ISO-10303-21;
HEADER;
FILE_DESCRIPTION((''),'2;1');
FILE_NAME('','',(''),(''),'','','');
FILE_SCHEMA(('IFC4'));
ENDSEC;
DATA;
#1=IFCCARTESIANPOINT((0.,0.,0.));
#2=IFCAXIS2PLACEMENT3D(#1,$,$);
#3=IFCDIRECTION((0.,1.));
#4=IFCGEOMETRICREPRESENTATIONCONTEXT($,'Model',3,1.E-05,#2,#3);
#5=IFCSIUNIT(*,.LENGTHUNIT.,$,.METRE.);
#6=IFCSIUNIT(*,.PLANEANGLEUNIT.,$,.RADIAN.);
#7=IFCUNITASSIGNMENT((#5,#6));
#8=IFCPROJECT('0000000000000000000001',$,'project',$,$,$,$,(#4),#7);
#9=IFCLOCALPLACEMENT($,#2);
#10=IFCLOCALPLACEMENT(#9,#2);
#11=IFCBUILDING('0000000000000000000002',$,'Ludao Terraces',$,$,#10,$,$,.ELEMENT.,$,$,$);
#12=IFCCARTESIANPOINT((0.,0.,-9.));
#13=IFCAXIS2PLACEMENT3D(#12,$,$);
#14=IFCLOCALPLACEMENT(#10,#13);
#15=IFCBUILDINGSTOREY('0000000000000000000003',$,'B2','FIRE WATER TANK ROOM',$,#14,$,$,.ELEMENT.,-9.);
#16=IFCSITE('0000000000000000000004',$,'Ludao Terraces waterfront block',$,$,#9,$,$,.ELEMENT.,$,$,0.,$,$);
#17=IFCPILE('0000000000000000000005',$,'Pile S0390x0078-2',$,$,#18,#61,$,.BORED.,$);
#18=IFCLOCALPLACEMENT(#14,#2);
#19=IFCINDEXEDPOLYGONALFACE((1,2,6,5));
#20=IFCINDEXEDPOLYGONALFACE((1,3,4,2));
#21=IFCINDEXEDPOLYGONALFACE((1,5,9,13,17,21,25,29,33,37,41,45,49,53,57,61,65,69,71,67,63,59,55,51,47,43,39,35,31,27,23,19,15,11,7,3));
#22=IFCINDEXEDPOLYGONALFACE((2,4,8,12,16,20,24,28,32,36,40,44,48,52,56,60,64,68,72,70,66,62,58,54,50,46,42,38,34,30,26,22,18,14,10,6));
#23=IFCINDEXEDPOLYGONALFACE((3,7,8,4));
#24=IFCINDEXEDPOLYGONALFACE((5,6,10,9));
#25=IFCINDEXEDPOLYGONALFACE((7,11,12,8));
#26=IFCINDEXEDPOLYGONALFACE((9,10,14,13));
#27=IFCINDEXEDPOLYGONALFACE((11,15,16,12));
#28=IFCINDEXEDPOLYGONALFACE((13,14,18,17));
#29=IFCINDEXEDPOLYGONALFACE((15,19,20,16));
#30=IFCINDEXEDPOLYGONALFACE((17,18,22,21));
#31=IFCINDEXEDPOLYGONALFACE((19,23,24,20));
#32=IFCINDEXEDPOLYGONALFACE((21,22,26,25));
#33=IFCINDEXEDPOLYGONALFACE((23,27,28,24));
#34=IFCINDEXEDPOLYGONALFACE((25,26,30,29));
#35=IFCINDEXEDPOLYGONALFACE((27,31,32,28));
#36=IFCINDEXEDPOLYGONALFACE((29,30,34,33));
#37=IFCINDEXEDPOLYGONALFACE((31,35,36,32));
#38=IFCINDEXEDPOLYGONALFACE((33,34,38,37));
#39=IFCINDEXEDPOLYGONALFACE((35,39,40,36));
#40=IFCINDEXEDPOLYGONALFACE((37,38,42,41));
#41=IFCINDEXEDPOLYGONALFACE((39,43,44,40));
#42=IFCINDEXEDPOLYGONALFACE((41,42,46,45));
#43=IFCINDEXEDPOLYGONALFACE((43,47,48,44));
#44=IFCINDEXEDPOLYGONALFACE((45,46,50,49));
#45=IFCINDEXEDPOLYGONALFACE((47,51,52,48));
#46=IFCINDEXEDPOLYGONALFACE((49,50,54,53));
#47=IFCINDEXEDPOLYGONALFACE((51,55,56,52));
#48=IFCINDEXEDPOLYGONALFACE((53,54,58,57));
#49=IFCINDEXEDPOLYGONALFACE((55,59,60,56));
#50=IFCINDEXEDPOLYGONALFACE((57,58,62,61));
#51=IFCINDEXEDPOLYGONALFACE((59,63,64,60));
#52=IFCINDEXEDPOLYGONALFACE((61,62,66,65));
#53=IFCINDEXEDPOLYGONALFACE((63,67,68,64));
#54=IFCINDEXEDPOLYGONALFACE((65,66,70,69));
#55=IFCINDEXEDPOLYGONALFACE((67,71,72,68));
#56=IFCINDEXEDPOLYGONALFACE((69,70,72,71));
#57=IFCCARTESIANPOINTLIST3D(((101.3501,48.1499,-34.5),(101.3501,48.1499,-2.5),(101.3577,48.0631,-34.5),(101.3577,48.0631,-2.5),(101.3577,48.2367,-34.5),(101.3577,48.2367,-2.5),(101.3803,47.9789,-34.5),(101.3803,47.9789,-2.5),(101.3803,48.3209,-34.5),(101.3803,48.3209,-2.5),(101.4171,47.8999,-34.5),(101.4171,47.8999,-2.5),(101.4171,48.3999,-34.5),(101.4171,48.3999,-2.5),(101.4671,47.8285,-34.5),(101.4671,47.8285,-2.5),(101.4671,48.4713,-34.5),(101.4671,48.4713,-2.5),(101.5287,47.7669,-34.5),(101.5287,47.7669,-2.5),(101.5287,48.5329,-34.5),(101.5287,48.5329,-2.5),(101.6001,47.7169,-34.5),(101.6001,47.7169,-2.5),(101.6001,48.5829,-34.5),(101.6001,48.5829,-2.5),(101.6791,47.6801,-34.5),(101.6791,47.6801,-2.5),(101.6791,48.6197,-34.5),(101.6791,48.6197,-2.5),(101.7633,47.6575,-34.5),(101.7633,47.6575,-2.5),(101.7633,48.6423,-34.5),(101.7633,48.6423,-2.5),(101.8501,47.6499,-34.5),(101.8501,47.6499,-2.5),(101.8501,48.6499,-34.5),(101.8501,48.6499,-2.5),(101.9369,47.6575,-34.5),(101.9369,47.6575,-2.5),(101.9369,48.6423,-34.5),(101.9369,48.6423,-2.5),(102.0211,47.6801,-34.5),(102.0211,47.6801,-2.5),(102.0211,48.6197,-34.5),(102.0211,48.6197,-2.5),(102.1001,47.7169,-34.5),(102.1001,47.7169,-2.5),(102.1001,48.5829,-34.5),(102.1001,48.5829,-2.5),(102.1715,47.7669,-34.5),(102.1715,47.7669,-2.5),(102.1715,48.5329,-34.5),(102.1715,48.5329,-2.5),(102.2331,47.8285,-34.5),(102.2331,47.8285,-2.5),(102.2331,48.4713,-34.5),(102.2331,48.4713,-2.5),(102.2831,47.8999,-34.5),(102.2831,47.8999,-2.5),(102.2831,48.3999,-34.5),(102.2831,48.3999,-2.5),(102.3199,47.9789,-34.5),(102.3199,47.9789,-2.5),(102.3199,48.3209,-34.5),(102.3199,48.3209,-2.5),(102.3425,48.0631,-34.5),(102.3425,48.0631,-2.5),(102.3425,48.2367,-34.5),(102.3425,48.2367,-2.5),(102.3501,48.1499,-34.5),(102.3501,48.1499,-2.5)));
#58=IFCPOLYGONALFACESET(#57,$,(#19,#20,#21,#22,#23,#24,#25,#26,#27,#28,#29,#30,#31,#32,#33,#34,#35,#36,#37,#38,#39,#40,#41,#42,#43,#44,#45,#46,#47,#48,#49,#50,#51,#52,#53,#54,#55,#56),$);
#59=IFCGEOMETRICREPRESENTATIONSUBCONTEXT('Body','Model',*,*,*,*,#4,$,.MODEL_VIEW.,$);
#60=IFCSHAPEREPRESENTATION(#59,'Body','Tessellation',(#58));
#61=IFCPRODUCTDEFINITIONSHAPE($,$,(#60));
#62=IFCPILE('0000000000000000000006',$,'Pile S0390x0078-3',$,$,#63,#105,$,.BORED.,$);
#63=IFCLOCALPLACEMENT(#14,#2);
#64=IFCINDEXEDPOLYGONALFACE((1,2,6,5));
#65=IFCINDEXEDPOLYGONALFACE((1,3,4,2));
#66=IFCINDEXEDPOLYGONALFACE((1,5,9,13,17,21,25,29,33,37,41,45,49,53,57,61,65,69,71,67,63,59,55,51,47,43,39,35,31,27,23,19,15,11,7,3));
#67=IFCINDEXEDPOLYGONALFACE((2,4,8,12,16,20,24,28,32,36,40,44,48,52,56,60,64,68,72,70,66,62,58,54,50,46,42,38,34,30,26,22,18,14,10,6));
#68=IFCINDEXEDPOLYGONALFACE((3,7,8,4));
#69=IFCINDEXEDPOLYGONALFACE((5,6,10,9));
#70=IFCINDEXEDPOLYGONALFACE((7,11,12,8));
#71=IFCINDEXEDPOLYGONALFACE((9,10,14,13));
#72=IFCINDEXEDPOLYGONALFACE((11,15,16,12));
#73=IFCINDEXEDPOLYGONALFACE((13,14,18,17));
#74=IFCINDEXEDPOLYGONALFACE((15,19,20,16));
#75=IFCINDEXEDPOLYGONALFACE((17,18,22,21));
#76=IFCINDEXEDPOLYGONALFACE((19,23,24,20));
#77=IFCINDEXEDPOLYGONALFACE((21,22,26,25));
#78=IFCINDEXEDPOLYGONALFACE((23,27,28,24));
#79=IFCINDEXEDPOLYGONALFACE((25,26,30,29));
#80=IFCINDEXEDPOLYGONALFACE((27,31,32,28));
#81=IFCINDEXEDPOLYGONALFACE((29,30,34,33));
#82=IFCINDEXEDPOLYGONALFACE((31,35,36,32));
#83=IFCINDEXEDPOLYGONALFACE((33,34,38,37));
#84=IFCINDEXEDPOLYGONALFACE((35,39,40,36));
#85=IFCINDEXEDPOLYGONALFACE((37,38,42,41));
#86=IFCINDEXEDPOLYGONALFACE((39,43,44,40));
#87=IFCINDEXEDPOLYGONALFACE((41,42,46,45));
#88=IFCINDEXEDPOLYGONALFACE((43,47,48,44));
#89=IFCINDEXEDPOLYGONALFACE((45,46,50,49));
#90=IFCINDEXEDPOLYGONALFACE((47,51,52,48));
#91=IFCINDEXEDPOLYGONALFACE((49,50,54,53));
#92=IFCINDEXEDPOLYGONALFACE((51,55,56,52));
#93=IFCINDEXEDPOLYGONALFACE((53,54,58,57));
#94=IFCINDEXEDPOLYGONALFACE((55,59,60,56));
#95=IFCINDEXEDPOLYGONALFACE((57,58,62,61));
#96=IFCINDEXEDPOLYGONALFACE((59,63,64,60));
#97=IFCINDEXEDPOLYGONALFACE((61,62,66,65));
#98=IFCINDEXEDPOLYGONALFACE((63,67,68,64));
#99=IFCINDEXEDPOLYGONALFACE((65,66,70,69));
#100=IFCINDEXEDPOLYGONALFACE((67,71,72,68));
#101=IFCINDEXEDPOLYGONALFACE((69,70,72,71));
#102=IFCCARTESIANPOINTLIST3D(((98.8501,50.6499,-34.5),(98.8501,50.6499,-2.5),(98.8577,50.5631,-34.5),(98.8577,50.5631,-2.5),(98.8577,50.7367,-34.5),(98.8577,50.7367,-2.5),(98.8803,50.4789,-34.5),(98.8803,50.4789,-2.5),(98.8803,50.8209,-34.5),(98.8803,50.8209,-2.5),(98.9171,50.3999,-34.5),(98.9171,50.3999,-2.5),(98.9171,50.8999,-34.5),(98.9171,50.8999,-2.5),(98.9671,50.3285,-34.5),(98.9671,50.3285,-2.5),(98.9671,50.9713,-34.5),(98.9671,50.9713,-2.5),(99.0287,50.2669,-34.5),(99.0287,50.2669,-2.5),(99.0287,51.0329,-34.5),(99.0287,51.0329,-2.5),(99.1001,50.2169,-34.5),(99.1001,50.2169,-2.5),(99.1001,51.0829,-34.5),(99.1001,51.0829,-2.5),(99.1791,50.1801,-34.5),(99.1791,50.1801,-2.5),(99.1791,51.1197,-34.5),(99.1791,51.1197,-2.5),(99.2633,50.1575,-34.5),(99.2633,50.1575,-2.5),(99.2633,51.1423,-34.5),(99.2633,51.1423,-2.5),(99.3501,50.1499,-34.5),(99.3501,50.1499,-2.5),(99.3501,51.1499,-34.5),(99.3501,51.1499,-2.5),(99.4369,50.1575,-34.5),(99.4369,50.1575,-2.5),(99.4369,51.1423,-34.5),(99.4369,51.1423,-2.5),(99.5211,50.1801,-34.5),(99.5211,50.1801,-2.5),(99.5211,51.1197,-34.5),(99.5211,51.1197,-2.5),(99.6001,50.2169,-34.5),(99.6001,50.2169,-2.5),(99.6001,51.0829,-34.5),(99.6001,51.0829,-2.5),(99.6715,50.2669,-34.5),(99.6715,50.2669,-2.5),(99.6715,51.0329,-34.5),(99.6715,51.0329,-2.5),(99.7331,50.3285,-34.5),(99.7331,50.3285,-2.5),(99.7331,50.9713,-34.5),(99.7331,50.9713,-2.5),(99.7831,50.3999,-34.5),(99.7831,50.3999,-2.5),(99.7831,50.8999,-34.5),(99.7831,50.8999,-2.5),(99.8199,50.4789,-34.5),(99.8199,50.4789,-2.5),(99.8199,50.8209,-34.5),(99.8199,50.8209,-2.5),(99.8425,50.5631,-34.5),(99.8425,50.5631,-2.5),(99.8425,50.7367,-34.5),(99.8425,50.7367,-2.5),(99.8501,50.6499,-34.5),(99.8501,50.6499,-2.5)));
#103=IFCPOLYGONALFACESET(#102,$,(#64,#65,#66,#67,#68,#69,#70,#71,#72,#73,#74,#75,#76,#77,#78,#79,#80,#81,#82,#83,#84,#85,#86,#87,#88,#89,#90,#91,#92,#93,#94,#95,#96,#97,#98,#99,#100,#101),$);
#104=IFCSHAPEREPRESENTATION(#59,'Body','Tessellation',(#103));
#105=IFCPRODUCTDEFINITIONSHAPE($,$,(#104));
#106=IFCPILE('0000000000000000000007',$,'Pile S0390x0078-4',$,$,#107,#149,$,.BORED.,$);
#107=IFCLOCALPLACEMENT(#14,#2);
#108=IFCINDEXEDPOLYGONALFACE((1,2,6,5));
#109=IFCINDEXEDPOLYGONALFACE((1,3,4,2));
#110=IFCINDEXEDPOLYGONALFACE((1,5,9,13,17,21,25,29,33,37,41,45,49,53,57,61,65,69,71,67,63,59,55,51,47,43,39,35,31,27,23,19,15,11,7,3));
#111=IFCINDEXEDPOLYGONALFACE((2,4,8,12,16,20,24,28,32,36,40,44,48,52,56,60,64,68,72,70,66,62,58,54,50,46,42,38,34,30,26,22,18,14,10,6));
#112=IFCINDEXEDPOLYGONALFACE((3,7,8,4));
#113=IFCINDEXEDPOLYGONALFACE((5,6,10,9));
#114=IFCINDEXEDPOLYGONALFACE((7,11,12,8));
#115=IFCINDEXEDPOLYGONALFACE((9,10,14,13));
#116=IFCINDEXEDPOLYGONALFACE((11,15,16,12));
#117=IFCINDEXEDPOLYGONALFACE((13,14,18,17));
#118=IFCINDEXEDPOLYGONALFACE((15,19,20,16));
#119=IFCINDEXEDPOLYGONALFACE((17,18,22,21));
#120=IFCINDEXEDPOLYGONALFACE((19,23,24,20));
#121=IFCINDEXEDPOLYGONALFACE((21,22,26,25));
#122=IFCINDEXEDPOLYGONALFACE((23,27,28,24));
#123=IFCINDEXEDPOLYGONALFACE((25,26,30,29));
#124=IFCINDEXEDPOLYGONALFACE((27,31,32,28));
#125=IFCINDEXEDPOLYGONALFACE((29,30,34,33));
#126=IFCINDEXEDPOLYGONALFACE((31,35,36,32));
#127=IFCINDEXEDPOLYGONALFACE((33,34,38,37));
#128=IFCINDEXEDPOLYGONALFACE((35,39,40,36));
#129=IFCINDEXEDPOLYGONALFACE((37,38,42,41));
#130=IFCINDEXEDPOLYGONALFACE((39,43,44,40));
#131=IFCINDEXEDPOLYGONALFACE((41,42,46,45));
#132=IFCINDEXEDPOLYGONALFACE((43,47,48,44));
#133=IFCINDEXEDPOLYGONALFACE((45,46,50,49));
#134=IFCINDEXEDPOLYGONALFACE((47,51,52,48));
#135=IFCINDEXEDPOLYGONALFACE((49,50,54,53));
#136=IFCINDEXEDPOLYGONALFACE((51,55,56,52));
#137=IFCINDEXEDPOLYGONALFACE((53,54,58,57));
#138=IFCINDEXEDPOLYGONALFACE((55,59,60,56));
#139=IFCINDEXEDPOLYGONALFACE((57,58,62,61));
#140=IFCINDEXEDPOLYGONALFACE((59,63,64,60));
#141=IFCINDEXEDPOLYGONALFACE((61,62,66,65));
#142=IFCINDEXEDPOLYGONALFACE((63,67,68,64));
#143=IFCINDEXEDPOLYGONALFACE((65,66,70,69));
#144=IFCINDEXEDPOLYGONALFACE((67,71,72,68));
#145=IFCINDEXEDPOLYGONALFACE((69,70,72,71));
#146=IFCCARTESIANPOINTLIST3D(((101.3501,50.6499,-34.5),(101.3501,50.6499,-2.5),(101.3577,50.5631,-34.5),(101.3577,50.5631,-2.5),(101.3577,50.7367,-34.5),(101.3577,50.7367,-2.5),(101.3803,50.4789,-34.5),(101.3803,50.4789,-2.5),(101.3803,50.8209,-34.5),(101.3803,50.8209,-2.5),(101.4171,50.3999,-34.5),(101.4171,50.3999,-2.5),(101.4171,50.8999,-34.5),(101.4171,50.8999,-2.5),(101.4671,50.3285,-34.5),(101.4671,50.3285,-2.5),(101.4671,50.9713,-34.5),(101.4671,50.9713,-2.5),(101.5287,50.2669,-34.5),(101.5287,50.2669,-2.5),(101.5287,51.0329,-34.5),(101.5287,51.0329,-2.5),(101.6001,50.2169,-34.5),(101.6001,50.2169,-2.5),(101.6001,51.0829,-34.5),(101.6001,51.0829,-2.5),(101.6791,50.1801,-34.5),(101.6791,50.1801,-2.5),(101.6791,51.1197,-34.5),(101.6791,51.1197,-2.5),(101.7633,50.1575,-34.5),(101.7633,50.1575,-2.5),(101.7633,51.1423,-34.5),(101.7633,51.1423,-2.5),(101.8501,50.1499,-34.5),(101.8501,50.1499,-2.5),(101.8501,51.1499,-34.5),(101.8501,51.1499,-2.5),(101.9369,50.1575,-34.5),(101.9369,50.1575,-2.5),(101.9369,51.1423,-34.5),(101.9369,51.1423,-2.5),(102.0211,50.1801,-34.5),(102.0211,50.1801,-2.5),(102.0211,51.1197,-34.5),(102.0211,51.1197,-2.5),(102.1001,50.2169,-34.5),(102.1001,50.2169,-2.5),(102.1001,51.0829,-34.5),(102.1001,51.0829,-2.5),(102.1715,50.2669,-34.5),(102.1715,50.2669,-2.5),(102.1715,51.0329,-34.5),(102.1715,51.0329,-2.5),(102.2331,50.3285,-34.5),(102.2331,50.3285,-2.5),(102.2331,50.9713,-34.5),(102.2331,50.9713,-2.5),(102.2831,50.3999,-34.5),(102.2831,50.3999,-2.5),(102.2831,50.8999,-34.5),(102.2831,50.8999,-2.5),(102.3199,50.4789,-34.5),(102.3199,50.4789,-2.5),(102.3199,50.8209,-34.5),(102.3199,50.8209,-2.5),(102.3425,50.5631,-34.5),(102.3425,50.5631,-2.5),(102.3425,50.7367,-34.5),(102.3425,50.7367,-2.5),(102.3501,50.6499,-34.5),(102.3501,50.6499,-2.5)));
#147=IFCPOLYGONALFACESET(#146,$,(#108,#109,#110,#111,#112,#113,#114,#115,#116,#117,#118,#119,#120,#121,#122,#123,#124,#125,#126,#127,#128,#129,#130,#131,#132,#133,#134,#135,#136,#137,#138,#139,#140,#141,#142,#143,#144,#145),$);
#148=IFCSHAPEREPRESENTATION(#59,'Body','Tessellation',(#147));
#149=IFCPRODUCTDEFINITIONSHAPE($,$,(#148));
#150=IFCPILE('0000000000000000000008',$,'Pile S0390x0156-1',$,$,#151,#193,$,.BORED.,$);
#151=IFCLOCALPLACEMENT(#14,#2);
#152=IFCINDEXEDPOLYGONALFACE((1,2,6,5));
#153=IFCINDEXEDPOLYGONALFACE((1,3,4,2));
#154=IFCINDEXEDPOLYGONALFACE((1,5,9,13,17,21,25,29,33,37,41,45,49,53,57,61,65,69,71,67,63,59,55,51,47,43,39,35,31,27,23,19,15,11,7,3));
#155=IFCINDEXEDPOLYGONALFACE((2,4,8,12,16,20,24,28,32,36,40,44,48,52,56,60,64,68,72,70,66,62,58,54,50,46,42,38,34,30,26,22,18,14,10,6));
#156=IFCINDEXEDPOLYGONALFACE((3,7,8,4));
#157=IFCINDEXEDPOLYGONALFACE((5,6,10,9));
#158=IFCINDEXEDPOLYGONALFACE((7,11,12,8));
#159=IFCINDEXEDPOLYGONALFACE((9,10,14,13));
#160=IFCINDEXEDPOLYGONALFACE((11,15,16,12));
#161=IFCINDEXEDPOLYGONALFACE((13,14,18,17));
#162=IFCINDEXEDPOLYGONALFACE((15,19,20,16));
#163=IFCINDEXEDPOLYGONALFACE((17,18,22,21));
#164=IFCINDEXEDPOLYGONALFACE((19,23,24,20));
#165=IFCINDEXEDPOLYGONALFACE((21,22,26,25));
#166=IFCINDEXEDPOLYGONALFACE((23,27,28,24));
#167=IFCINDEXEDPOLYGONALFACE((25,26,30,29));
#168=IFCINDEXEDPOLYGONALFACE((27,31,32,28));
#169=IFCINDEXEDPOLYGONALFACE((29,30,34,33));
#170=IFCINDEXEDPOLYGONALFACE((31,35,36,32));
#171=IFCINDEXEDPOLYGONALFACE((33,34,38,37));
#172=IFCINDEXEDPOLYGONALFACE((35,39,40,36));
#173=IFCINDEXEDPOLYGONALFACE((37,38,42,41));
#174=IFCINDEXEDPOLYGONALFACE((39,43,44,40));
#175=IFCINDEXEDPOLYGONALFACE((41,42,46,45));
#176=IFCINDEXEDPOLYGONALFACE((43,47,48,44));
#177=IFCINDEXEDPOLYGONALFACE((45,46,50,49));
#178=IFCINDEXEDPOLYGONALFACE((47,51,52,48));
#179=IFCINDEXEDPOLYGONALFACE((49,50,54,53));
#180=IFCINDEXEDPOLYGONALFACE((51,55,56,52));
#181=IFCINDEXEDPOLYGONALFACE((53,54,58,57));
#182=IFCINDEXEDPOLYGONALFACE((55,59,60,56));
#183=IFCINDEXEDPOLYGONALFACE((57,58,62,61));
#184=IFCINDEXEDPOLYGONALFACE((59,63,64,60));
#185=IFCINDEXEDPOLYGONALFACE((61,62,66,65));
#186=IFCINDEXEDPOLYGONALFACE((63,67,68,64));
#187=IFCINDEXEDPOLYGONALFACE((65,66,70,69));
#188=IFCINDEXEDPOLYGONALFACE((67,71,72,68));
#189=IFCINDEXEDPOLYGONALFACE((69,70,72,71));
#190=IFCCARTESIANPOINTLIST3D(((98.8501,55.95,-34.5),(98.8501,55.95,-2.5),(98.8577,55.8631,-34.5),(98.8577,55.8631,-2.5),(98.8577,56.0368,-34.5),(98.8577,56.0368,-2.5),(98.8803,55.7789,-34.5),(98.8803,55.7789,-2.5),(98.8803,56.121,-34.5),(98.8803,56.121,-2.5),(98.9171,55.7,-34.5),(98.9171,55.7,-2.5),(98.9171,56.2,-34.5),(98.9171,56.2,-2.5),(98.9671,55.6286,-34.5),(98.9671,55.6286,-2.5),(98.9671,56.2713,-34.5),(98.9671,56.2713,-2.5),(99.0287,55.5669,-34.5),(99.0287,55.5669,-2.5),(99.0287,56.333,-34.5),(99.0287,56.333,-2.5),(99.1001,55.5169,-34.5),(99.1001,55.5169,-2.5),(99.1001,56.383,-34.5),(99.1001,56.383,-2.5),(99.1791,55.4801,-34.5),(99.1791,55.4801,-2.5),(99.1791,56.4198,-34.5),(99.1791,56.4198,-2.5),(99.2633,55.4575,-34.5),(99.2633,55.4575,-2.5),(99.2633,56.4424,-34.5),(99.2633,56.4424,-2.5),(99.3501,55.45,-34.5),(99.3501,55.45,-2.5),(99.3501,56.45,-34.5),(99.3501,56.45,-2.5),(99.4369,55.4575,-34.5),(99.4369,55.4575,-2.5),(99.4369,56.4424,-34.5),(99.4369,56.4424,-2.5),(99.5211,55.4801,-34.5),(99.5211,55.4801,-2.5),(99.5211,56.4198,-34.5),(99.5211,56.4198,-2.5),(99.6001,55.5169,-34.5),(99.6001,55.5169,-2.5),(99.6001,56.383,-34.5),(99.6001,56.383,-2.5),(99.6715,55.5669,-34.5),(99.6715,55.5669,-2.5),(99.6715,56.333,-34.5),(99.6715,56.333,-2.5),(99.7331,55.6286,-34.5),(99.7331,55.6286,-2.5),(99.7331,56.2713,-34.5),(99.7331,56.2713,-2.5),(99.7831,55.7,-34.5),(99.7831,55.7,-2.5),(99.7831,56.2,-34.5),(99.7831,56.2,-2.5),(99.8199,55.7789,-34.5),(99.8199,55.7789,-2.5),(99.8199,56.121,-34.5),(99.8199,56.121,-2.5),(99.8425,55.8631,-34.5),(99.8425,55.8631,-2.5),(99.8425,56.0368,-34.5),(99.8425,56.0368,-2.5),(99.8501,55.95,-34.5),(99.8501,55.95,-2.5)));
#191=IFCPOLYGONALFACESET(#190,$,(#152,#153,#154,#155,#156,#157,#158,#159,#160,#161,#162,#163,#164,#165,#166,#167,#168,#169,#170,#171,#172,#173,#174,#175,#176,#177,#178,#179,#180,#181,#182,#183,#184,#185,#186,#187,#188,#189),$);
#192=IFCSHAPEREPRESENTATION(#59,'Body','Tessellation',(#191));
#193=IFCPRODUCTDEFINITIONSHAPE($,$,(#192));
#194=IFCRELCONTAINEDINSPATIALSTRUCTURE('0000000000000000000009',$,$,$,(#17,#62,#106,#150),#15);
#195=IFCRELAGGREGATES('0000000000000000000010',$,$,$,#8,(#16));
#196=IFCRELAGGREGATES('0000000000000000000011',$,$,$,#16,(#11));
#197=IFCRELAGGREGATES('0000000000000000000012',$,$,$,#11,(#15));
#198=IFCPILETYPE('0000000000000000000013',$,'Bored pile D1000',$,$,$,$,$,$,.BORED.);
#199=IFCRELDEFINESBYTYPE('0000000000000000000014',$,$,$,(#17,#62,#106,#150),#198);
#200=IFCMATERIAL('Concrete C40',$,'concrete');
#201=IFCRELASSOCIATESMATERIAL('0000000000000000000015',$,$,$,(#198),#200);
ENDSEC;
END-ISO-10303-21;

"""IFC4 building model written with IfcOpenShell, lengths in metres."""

from ifc_helpers import new_model, si_unit, direction, frame, origin, origin_2d, place, context, subcontext, project, spatial, circle, extrude, material, material_profile, profile_set, type_object, element, save


model = new_model("IFC4")

# Units and contexts
model_context = context("Model", 3, precision=1e-05, world=origin(), true_north=direction((0.0, 1.0)))
body_context = subcontext(model_context, "Body", "Model", "MODEL_VIEW")
ifc_project = project(units=[si_unit("LENGTHUNIT", "METRE"), si_unit("PLANEANGLEUNIT", "RADIAN")], contexts=[model_context])

# Site, building, storey
site_placement = place(None, origin())
site = spatial("IfcSite", under=ifc_project, at=site_placement, Name="Ludao Terraces waterfront block", CompositionType="ELEMENT", RefElevation=0.0)
building_placement = place(site_placement, origin())
building = spatial("IfcBuilding", under=site, at=building_placement, Name="Ludao Terraces", CompositionType="ELEMENT")
storey_placement = place(building_placement, frame((0.0, 0.0, -9.0)))
storey = spatial("IfcBuildingStorey", under=building, at=storey_placement, Name="B2", Description="FIRE WATER TANK ROOM", CompositionType="ELEMENT", Elevation=-9.0)

# Piles
ifc_material_1 = material(Name="Concrete C40", Category="concrete")
ifc_material_profile_1 = material_profile(ifc_material_1, circle(Radius=0.5, at=origin_2d()), Name="D1000 BORED PILE")
ifc_profile_set_1 = profile_set([ifc_material_profile_1], Name="Concrete C40")
pile_type = type_object("IfcPileType", Name="Bored pile D1000", PredefinedType="BORED", material=ifc_profile_set_1)
for number, where, z_axis, x_axis, name in (
    (1, (101.8501, 48.1499, -2.5), (0.0, 0.0, -1.0), (1.0, 0.0, 0.0), "Pile S0390x0078-2"),
    (2, (99.3501, 50.6499, -2.5), (0.0, 0.0, -1.0), (1.0, 0.0, 0.0), "Pile S0390x0078-3"),
    (3, (101.8501, 50.6499, -2.5), (0.0, 0.0, -1.0), (1.0, 0.0, 0.0), "Pile S0390x0078-4"),
    (4, (99.3501, 55.95, -2.5), (0.0, 0.0, -1.0), (1.0, 0.0, 0.0), "Pile S0390x0156-1"),
):
    element("IfcPile", number, at=place(storey_placement, frame(where, z_axis=z_axis, x_axis=x_axis)), inside=storey, type_object=pile_type, Name=name, PredefinedType="BORED", context=body_context, shape_type="SweptSolid", body=[
        extrude(circle(Radius=0.5, at=origin_2d()), origin(), (0.0, 0.0, 1.0), 32.0),
    ])

save(model, "model.ifc")
